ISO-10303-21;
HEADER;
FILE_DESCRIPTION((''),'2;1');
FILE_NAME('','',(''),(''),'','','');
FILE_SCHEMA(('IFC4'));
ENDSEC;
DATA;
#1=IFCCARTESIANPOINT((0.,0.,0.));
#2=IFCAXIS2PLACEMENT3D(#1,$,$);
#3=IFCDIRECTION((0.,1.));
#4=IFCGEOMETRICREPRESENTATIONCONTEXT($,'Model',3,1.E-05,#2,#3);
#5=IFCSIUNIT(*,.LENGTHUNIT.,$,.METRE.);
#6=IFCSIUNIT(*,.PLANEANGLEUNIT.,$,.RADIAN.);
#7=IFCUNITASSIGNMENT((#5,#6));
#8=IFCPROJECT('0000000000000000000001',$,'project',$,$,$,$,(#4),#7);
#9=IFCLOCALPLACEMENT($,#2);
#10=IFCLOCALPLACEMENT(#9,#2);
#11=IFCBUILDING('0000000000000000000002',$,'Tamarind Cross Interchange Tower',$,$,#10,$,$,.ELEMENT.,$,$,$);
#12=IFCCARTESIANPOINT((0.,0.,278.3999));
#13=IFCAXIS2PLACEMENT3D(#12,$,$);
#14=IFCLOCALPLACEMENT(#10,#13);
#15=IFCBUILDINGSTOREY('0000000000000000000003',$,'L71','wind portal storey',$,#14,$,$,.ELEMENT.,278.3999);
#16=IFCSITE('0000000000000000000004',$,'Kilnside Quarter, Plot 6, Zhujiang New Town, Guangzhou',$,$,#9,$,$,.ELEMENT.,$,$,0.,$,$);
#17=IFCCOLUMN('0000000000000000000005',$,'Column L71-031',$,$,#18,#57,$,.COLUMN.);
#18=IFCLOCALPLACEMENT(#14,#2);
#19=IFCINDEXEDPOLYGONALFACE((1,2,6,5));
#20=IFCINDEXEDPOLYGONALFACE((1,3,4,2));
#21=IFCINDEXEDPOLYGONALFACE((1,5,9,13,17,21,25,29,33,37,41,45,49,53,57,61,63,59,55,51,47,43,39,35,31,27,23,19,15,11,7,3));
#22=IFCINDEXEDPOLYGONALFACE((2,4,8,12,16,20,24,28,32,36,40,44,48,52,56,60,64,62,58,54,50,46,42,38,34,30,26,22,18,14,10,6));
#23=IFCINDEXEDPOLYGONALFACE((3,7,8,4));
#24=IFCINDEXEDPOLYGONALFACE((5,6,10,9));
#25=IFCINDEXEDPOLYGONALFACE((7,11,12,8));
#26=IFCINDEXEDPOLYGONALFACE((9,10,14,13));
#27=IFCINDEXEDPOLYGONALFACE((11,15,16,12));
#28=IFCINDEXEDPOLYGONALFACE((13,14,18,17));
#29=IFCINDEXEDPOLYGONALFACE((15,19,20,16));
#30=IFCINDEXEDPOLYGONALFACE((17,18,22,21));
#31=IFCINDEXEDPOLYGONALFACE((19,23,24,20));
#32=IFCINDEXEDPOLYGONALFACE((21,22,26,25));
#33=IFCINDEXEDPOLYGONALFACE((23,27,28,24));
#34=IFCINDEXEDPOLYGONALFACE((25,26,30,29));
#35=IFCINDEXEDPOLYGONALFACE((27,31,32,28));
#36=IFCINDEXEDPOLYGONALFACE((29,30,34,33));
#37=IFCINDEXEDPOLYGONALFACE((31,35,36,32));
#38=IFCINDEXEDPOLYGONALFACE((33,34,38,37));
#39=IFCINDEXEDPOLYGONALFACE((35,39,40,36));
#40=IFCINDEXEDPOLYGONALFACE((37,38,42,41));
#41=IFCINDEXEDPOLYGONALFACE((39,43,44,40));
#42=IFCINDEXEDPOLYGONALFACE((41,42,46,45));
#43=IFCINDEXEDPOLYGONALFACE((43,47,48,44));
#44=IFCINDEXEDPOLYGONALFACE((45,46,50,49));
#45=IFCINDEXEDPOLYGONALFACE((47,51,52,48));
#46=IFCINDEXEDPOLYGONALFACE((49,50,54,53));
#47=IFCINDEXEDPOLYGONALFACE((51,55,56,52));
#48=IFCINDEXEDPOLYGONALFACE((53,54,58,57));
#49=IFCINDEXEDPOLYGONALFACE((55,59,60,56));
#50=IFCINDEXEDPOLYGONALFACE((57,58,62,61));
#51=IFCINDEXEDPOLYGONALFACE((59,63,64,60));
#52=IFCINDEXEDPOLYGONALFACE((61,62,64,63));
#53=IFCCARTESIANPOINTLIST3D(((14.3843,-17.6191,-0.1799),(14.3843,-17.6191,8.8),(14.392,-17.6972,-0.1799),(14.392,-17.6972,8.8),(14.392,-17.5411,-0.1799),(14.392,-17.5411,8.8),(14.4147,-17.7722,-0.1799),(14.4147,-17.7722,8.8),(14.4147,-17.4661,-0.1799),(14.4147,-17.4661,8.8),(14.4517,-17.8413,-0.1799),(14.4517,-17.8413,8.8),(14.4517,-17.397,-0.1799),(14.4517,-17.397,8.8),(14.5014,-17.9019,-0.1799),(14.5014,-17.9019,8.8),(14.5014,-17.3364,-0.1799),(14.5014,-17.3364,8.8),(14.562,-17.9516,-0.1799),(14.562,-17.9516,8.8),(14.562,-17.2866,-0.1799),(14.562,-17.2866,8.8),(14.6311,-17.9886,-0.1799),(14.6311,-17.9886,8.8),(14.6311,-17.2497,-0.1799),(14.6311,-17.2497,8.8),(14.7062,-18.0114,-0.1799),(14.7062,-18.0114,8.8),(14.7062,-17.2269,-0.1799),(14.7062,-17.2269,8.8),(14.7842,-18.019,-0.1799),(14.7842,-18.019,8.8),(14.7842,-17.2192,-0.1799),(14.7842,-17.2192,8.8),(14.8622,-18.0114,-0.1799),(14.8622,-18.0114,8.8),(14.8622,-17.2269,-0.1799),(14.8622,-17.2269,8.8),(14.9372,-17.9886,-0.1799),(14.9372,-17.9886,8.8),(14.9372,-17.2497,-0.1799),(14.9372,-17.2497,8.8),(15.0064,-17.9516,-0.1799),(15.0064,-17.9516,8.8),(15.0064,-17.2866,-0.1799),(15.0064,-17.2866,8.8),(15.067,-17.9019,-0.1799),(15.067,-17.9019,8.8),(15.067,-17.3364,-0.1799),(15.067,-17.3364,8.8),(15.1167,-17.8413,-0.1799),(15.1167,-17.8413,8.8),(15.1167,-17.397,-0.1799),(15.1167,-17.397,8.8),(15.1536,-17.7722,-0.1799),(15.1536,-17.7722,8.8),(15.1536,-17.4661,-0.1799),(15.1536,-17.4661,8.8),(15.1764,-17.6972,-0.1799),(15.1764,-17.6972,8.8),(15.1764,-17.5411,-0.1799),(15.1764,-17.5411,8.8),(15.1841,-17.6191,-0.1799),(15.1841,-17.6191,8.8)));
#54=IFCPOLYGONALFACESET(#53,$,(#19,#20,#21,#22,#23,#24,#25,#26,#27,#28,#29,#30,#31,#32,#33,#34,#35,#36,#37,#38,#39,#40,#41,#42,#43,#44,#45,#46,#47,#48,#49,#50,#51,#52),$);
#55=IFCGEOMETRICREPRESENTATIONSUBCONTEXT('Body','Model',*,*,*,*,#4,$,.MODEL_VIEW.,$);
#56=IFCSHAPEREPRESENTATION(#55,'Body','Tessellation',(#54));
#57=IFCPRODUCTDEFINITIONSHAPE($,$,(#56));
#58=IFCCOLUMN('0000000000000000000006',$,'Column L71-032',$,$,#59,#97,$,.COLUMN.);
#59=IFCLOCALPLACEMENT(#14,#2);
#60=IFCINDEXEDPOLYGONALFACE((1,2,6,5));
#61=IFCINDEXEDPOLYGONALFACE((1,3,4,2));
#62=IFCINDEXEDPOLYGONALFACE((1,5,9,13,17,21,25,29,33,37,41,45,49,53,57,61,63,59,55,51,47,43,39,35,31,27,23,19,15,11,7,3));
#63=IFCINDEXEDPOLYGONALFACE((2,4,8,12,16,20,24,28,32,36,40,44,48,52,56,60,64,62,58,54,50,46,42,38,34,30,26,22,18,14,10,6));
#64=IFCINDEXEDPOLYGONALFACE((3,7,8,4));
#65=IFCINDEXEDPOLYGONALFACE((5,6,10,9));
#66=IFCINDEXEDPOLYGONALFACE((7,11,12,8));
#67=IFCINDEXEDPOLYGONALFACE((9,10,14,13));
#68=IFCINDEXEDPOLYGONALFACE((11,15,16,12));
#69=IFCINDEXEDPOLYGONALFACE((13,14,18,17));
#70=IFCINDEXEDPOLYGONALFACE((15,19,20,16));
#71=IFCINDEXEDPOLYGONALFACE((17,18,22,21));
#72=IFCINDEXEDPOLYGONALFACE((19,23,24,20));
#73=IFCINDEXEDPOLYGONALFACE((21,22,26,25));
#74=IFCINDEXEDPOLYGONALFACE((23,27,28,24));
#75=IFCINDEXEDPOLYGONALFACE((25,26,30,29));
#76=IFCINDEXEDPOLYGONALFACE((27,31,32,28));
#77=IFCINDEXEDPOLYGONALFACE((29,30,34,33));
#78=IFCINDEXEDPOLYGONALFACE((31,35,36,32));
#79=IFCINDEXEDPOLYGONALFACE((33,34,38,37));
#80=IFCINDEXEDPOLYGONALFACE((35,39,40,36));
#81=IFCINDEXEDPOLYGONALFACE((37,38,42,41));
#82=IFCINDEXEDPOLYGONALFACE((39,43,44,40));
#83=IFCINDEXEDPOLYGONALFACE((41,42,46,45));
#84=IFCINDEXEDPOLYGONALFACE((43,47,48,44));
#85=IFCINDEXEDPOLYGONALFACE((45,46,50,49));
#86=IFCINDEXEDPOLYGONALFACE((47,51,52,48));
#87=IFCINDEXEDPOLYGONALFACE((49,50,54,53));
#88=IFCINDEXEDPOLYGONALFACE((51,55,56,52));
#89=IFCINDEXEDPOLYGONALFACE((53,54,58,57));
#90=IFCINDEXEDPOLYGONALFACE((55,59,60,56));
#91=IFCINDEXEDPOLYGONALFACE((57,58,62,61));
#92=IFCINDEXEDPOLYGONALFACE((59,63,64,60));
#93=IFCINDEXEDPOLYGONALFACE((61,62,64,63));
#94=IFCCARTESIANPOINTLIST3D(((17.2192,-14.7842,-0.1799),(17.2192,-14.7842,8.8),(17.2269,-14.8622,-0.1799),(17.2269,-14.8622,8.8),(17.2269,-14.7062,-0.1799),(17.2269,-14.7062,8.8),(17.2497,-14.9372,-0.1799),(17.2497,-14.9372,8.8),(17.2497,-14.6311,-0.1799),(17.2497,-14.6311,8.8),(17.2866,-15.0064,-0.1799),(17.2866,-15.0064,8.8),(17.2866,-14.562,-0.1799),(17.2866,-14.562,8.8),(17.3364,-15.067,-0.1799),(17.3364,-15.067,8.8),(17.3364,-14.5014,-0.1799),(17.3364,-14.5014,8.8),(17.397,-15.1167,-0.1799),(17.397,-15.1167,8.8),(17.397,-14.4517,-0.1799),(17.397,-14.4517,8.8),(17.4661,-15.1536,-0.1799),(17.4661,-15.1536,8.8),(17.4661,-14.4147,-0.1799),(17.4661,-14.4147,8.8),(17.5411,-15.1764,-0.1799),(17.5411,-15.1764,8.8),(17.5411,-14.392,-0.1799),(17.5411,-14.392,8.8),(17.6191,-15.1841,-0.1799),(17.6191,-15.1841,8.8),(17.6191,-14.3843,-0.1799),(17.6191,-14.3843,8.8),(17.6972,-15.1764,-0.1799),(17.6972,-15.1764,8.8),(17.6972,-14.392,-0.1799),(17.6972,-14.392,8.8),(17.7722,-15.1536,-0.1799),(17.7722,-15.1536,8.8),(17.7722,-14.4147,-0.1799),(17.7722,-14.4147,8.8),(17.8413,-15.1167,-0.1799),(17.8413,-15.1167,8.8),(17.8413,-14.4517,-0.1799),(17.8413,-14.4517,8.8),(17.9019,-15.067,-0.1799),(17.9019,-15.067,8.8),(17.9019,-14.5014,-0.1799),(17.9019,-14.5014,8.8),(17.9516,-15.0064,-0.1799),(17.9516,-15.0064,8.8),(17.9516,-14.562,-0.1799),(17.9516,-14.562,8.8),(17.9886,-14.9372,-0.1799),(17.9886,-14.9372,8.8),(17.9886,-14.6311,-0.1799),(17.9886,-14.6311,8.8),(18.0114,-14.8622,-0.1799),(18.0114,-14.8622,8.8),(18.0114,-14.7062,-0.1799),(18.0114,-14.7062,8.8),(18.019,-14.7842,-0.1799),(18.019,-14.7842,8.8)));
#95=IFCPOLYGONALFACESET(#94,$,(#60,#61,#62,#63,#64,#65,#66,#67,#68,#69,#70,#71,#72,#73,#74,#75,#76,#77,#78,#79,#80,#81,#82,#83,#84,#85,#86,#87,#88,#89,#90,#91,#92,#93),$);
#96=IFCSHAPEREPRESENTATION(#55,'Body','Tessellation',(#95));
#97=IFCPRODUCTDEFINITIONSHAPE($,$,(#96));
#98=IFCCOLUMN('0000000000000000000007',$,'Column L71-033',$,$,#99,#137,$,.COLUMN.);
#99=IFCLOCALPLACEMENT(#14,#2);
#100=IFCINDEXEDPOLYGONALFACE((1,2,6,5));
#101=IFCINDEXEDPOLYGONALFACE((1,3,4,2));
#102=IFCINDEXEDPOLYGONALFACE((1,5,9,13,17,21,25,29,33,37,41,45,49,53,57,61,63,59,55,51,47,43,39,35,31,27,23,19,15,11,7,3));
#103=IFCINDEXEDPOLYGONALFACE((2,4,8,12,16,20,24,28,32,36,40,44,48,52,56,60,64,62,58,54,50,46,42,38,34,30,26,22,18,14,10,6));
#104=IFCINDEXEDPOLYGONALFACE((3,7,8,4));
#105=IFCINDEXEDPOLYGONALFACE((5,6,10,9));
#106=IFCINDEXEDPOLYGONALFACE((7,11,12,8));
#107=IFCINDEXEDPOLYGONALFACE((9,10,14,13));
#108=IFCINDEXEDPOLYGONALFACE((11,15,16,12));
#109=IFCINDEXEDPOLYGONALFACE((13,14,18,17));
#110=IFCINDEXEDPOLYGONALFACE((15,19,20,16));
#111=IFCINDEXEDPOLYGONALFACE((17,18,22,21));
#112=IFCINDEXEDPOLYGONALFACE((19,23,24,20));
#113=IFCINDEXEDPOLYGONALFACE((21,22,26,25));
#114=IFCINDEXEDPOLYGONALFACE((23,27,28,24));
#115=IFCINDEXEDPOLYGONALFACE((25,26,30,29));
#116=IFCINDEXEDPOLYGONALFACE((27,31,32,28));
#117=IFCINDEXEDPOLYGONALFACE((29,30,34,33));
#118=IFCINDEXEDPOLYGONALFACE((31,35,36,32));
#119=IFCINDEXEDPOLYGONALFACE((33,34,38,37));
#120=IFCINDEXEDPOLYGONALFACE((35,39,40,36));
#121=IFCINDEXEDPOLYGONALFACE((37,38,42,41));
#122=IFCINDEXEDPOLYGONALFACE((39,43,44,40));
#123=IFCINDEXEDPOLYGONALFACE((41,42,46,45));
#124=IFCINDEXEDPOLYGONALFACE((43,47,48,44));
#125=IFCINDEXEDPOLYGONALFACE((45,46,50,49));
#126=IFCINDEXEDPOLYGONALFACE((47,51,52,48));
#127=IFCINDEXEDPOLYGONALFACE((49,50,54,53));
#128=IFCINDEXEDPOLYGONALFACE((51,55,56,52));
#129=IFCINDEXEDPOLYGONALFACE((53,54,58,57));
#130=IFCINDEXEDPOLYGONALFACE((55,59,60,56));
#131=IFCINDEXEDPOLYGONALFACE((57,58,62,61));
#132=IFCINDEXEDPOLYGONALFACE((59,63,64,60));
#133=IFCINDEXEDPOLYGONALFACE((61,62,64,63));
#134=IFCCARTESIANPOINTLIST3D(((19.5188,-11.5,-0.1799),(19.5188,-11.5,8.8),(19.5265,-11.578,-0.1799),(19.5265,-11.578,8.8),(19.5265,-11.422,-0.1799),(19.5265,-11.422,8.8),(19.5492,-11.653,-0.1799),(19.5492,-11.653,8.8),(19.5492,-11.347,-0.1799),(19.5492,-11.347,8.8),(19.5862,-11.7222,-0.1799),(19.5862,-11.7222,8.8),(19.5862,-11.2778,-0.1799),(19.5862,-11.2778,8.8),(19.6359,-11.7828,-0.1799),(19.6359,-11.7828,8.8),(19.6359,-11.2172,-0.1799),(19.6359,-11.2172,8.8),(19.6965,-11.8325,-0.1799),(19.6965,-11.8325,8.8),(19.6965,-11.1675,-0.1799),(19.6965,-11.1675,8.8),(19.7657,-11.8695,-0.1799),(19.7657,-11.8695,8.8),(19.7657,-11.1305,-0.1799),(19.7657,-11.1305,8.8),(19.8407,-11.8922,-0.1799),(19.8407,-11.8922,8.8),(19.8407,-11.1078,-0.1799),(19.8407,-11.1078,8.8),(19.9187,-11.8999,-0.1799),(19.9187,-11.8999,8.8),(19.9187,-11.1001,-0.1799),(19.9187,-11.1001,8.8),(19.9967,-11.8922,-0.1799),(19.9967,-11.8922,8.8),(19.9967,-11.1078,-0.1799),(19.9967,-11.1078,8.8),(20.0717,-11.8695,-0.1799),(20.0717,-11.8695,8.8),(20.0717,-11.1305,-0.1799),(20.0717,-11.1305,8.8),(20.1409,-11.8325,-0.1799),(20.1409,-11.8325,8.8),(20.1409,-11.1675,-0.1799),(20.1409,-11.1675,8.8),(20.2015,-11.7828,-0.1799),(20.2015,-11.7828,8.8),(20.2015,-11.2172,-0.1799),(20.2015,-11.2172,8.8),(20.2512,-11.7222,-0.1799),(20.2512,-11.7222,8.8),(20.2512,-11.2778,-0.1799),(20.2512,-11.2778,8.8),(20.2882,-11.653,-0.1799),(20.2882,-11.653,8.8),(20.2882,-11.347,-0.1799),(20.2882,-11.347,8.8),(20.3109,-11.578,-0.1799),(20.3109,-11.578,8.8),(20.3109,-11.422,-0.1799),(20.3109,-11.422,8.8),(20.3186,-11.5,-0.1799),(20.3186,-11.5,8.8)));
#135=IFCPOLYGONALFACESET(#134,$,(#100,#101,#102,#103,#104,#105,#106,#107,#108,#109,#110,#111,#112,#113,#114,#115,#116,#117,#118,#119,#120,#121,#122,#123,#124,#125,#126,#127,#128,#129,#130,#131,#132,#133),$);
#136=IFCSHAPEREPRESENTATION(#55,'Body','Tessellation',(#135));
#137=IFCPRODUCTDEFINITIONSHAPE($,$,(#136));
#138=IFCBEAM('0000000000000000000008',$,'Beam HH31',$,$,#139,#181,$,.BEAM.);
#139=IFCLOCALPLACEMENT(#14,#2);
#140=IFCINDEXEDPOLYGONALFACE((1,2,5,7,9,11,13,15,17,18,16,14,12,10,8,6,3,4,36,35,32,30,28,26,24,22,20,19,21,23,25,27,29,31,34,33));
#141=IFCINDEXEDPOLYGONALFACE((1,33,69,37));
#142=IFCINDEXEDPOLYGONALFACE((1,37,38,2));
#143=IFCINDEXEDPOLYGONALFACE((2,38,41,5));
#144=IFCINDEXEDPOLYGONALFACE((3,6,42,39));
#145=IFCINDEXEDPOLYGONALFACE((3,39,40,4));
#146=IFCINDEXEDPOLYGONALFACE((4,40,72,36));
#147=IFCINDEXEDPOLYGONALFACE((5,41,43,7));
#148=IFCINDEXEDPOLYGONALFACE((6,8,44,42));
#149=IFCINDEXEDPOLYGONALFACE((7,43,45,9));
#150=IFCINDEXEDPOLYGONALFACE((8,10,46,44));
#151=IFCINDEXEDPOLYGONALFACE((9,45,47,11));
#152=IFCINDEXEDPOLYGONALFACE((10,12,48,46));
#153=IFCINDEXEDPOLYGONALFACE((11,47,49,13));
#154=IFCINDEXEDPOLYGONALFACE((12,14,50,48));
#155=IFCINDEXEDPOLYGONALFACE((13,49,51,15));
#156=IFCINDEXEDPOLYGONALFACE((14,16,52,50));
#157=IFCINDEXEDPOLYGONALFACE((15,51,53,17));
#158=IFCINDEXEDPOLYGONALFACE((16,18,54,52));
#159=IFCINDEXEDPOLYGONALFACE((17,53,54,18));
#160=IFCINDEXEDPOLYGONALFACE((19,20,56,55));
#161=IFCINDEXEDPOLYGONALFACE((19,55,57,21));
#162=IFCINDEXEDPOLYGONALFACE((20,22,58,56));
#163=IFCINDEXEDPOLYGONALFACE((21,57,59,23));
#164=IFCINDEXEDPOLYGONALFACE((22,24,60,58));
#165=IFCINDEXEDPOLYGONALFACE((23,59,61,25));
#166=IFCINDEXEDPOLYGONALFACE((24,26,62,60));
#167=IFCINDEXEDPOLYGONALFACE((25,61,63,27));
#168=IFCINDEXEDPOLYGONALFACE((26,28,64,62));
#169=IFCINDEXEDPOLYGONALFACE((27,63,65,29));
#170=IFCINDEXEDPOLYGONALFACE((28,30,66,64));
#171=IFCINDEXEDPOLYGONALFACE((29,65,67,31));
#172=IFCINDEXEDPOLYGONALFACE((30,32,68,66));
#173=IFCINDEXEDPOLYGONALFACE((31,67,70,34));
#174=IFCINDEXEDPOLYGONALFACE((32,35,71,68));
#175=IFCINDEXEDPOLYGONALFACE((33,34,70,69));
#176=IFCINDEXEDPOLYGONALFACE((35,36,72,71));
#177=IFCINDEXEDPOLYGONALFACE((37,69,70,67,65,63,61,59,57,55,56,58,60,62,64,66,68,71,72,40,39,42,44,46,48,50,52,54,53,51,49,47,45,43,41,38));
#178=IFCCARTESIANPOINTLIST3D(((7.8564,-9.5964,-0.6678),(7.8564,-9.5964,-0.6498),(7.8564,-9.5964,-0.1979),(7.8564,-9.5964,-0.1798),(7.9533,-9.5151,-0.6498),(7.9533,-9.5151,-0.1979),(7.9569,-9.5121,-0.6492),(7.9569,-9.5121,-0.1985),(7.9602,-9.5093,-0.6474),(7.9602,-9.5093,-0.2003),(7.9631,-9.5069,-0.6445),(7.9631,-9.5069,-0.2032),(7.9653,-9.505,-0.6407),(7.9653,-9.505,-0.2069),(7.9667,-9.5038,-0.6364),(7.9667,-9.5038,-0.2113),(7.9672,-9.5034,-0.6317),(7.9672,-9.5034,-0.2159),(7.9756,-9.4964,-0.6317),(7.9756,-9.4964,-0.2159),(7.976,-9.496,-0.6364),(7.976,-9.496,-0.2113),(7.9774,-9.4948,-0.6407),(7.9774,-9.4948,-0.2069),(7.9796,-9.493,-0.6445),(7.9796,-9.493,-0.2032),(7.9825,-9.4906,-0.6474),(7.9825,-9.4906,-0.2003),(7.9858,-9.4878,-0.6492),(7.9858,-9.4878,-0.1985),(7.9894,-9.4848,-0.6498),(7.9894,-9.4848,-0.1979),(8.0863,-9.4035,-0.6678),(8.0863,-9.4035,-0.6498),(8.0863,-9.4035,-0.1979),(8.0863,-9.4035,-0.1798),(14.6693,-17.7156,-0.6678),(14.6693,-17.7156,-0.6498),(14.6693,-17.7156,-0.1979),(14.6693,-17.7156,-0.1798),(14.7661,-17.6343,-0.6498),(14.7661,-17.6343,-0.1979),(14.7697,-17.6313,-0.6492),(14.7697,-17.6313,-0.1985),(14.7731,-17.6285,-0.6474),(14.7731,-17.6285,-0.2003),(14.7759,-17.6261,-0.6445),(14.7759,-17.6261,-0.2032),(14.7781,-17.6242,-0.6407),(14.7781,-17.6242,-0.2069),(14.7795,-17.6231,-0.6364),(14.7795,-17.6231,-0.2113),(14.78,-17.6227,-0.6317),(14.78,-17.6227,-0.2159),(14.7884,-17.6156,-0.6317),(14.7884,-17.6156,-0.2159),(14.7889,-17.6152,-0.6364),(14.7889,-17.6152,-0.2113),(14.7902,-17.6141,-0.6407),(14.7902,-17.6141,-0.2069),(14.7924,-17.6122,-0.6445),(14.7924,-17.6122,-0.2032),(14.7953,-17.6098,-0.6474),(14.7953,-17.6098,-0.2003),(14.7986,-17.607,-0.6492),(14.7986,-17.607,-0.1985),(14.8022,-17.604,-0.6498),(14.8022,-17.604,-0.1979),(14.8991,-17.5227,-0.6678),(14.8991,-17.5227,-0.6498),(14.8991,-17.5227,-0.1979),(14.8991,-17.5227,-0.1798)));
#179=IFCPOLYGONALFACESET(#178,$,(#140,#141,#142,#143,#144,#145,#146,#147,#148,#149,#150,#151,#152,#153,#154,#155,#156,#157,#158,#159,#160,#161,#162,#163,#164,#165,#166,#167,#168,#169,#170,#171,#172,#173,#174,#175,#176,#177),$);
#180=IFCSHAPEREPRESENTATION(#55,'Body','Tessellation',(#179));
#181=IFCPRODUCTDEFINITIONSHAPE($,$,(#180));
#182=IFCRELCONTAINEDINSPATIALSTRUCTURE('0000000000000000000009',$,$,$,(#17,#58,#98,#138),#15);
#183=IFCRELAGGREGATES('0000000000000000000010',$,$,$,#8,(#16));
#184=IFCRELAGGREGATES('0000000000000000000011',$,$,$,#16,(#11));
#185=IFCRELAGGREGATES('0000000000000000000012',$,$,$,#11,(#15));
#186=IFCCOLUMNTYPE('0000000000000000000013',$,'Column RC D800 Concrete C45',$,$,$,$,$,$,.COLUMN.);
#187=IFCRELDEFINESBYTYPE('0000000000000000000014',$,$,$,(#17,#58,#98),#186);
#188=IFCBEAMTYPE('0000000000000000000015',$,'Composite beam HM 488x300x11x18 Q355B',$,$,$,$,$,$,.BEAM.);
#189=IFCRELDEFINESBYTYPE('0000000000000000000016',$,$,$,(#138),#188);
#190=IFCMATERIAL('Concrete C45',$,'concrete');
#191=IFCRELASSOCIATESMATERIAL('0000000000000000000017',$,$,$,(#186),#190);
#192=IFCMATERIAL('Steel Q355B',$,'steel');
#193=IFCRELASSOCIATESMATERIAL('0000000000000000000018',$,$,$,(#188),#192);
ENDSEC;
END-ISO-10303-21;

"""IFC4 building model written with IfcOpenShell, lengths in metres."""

from ifc_helpers import new_model, si_unit, direction, frame, origin, origin_2d, place, context, subcontext, project, spatial, circle, i_section, extrude, material, material_profile, profile_set, type_object, element, save


model = new_model("IFC4")

# Units and contexts
model_context = context("Model", 3, precision=1e-05, world=origin(), true_north=direction((0.0, 1.0)))
body_context = subcontext(model_context, "Body", "Model", "MODEL_VIEW")
ifc_project = project(units=[si_unit("LENGTHUNIT", "METRE"), si_unit("PLANEANGLEUNIT", "RADIAN")], contexts=[model_context])

# Site, building, storey
site_placement = place(None, origin())
site = spatial("IfcSite", under=ifc_project, at=site_placement, Name="Kilnside Quarter, Plot 6, Zhujiang New Town, Guangzhou", CompositionType="ELEMENT", RefElevation=0.0)
building_placement = place(site_placement, origin())
building = spatial("IfcBuilding", under=site, at=building_placement, Name="Tamarind Cross Interchange Tower", CompositionType="ELEMENT")
storey_placement = place(building_placement, frame((0.0, 0.0, 278.3999)))
storey = spatial("IfcBuildingStorey", under=building, at=storey_placement, Name="L71", Description="wind portal storey", CompositionType="ELEMENT", Elevation=278.3999)

# Columns
ifc_material_1 = material(Name="Concrete C45", Category="concrete")
ifc_material_profile_1 = material_profile(ifc_material_1, circle(Radius=0.3999, at=origin_2d()), Name="RC D800")
ifc_profile_set_1 = profile_set([ifc_material_profile_1], Name="Concrete C45")
column_type = type_object("IfcColumnType", Name="Column RC D800 Concrete C45", PredefinedType="COLUMN", material=ifc_profile_set_1)
for number, where, z_axis, x_axis, name in (
    (1, (14.7842, -17.6191, -0.1799), (0.0, 0.0, 1.0), (1.0, 0.0, 0.0), "Column L71-031"),
    (2, (17.6191, -14.7842, -0.1799), (0.0, 0.0, 1.0), (1.0, 0.0, 0.0), "Column L71-032"),
    (3, (19.9187, -11.5, -0.1799), (0.0, 0.0, 1.0), (1.0, 0.0, 0.0), "Column L71-033"),
):
    element("IfcColumn", number, at=place(storey_placement, frame(where, z_axis=z_axis, x_axis=x_axis)), inside=storey, type_object=column_type, Name=name, PredefinedType="COLUMN", context=body_context, shape_type="SweptSolid", body=[
        extrude(circle(Radius=0.3999, at=origin_2d()), origin(), (0.0, 0.0, 1.0), 8.98),
    ])

# Beam
ifc_material_2 = material(Name="Steel Q355B", Category="steel")
ifc_material_profile_2 = material_profile(ifc_material_2, i_section(OverallWidth=0.3, OverallDepth=0.488, WebThickness=0.011, FlangeThickness=0.0181, FilletRadius=0.0181, at=origin_2d()), Name="HM 488x300x11x18")
ifc_profile_set_2 = profile_set([ifc_material_profile_2], Name="Steel Q355B")
beam_type = type_object("IfcBeamType", Name="Composite beam HM 488x300x11x18 Q355B", PredefinedType="BEAM", material=ifc_profile_set_2)
beam_1_placement = place(storey_placement, frame((14.7842, -17.6191, -0.4238), z_axis=(-0.642786, 0.766046, 0.0), x_axis=(-0.766046, -0.642786, 0.0)))
element("IfcBeam", 4, at=beam_1_placement, inside=storey, type_object=beam_type, Name="Beam HH31", PredefinedType="BEAM", context=body_context, shape_type="SweptSolid", body=[
    extrude(i_section(OverallWidth=0.3, OverallDepth=0.488, WebThickness=0.011, FlangeThickness=0.0181, FilletRadius=0.0181, at=origin_2d()), origin(), (0.0, 0.0, 1.0), 10.5989),
])

save(model, "model.ifc")
